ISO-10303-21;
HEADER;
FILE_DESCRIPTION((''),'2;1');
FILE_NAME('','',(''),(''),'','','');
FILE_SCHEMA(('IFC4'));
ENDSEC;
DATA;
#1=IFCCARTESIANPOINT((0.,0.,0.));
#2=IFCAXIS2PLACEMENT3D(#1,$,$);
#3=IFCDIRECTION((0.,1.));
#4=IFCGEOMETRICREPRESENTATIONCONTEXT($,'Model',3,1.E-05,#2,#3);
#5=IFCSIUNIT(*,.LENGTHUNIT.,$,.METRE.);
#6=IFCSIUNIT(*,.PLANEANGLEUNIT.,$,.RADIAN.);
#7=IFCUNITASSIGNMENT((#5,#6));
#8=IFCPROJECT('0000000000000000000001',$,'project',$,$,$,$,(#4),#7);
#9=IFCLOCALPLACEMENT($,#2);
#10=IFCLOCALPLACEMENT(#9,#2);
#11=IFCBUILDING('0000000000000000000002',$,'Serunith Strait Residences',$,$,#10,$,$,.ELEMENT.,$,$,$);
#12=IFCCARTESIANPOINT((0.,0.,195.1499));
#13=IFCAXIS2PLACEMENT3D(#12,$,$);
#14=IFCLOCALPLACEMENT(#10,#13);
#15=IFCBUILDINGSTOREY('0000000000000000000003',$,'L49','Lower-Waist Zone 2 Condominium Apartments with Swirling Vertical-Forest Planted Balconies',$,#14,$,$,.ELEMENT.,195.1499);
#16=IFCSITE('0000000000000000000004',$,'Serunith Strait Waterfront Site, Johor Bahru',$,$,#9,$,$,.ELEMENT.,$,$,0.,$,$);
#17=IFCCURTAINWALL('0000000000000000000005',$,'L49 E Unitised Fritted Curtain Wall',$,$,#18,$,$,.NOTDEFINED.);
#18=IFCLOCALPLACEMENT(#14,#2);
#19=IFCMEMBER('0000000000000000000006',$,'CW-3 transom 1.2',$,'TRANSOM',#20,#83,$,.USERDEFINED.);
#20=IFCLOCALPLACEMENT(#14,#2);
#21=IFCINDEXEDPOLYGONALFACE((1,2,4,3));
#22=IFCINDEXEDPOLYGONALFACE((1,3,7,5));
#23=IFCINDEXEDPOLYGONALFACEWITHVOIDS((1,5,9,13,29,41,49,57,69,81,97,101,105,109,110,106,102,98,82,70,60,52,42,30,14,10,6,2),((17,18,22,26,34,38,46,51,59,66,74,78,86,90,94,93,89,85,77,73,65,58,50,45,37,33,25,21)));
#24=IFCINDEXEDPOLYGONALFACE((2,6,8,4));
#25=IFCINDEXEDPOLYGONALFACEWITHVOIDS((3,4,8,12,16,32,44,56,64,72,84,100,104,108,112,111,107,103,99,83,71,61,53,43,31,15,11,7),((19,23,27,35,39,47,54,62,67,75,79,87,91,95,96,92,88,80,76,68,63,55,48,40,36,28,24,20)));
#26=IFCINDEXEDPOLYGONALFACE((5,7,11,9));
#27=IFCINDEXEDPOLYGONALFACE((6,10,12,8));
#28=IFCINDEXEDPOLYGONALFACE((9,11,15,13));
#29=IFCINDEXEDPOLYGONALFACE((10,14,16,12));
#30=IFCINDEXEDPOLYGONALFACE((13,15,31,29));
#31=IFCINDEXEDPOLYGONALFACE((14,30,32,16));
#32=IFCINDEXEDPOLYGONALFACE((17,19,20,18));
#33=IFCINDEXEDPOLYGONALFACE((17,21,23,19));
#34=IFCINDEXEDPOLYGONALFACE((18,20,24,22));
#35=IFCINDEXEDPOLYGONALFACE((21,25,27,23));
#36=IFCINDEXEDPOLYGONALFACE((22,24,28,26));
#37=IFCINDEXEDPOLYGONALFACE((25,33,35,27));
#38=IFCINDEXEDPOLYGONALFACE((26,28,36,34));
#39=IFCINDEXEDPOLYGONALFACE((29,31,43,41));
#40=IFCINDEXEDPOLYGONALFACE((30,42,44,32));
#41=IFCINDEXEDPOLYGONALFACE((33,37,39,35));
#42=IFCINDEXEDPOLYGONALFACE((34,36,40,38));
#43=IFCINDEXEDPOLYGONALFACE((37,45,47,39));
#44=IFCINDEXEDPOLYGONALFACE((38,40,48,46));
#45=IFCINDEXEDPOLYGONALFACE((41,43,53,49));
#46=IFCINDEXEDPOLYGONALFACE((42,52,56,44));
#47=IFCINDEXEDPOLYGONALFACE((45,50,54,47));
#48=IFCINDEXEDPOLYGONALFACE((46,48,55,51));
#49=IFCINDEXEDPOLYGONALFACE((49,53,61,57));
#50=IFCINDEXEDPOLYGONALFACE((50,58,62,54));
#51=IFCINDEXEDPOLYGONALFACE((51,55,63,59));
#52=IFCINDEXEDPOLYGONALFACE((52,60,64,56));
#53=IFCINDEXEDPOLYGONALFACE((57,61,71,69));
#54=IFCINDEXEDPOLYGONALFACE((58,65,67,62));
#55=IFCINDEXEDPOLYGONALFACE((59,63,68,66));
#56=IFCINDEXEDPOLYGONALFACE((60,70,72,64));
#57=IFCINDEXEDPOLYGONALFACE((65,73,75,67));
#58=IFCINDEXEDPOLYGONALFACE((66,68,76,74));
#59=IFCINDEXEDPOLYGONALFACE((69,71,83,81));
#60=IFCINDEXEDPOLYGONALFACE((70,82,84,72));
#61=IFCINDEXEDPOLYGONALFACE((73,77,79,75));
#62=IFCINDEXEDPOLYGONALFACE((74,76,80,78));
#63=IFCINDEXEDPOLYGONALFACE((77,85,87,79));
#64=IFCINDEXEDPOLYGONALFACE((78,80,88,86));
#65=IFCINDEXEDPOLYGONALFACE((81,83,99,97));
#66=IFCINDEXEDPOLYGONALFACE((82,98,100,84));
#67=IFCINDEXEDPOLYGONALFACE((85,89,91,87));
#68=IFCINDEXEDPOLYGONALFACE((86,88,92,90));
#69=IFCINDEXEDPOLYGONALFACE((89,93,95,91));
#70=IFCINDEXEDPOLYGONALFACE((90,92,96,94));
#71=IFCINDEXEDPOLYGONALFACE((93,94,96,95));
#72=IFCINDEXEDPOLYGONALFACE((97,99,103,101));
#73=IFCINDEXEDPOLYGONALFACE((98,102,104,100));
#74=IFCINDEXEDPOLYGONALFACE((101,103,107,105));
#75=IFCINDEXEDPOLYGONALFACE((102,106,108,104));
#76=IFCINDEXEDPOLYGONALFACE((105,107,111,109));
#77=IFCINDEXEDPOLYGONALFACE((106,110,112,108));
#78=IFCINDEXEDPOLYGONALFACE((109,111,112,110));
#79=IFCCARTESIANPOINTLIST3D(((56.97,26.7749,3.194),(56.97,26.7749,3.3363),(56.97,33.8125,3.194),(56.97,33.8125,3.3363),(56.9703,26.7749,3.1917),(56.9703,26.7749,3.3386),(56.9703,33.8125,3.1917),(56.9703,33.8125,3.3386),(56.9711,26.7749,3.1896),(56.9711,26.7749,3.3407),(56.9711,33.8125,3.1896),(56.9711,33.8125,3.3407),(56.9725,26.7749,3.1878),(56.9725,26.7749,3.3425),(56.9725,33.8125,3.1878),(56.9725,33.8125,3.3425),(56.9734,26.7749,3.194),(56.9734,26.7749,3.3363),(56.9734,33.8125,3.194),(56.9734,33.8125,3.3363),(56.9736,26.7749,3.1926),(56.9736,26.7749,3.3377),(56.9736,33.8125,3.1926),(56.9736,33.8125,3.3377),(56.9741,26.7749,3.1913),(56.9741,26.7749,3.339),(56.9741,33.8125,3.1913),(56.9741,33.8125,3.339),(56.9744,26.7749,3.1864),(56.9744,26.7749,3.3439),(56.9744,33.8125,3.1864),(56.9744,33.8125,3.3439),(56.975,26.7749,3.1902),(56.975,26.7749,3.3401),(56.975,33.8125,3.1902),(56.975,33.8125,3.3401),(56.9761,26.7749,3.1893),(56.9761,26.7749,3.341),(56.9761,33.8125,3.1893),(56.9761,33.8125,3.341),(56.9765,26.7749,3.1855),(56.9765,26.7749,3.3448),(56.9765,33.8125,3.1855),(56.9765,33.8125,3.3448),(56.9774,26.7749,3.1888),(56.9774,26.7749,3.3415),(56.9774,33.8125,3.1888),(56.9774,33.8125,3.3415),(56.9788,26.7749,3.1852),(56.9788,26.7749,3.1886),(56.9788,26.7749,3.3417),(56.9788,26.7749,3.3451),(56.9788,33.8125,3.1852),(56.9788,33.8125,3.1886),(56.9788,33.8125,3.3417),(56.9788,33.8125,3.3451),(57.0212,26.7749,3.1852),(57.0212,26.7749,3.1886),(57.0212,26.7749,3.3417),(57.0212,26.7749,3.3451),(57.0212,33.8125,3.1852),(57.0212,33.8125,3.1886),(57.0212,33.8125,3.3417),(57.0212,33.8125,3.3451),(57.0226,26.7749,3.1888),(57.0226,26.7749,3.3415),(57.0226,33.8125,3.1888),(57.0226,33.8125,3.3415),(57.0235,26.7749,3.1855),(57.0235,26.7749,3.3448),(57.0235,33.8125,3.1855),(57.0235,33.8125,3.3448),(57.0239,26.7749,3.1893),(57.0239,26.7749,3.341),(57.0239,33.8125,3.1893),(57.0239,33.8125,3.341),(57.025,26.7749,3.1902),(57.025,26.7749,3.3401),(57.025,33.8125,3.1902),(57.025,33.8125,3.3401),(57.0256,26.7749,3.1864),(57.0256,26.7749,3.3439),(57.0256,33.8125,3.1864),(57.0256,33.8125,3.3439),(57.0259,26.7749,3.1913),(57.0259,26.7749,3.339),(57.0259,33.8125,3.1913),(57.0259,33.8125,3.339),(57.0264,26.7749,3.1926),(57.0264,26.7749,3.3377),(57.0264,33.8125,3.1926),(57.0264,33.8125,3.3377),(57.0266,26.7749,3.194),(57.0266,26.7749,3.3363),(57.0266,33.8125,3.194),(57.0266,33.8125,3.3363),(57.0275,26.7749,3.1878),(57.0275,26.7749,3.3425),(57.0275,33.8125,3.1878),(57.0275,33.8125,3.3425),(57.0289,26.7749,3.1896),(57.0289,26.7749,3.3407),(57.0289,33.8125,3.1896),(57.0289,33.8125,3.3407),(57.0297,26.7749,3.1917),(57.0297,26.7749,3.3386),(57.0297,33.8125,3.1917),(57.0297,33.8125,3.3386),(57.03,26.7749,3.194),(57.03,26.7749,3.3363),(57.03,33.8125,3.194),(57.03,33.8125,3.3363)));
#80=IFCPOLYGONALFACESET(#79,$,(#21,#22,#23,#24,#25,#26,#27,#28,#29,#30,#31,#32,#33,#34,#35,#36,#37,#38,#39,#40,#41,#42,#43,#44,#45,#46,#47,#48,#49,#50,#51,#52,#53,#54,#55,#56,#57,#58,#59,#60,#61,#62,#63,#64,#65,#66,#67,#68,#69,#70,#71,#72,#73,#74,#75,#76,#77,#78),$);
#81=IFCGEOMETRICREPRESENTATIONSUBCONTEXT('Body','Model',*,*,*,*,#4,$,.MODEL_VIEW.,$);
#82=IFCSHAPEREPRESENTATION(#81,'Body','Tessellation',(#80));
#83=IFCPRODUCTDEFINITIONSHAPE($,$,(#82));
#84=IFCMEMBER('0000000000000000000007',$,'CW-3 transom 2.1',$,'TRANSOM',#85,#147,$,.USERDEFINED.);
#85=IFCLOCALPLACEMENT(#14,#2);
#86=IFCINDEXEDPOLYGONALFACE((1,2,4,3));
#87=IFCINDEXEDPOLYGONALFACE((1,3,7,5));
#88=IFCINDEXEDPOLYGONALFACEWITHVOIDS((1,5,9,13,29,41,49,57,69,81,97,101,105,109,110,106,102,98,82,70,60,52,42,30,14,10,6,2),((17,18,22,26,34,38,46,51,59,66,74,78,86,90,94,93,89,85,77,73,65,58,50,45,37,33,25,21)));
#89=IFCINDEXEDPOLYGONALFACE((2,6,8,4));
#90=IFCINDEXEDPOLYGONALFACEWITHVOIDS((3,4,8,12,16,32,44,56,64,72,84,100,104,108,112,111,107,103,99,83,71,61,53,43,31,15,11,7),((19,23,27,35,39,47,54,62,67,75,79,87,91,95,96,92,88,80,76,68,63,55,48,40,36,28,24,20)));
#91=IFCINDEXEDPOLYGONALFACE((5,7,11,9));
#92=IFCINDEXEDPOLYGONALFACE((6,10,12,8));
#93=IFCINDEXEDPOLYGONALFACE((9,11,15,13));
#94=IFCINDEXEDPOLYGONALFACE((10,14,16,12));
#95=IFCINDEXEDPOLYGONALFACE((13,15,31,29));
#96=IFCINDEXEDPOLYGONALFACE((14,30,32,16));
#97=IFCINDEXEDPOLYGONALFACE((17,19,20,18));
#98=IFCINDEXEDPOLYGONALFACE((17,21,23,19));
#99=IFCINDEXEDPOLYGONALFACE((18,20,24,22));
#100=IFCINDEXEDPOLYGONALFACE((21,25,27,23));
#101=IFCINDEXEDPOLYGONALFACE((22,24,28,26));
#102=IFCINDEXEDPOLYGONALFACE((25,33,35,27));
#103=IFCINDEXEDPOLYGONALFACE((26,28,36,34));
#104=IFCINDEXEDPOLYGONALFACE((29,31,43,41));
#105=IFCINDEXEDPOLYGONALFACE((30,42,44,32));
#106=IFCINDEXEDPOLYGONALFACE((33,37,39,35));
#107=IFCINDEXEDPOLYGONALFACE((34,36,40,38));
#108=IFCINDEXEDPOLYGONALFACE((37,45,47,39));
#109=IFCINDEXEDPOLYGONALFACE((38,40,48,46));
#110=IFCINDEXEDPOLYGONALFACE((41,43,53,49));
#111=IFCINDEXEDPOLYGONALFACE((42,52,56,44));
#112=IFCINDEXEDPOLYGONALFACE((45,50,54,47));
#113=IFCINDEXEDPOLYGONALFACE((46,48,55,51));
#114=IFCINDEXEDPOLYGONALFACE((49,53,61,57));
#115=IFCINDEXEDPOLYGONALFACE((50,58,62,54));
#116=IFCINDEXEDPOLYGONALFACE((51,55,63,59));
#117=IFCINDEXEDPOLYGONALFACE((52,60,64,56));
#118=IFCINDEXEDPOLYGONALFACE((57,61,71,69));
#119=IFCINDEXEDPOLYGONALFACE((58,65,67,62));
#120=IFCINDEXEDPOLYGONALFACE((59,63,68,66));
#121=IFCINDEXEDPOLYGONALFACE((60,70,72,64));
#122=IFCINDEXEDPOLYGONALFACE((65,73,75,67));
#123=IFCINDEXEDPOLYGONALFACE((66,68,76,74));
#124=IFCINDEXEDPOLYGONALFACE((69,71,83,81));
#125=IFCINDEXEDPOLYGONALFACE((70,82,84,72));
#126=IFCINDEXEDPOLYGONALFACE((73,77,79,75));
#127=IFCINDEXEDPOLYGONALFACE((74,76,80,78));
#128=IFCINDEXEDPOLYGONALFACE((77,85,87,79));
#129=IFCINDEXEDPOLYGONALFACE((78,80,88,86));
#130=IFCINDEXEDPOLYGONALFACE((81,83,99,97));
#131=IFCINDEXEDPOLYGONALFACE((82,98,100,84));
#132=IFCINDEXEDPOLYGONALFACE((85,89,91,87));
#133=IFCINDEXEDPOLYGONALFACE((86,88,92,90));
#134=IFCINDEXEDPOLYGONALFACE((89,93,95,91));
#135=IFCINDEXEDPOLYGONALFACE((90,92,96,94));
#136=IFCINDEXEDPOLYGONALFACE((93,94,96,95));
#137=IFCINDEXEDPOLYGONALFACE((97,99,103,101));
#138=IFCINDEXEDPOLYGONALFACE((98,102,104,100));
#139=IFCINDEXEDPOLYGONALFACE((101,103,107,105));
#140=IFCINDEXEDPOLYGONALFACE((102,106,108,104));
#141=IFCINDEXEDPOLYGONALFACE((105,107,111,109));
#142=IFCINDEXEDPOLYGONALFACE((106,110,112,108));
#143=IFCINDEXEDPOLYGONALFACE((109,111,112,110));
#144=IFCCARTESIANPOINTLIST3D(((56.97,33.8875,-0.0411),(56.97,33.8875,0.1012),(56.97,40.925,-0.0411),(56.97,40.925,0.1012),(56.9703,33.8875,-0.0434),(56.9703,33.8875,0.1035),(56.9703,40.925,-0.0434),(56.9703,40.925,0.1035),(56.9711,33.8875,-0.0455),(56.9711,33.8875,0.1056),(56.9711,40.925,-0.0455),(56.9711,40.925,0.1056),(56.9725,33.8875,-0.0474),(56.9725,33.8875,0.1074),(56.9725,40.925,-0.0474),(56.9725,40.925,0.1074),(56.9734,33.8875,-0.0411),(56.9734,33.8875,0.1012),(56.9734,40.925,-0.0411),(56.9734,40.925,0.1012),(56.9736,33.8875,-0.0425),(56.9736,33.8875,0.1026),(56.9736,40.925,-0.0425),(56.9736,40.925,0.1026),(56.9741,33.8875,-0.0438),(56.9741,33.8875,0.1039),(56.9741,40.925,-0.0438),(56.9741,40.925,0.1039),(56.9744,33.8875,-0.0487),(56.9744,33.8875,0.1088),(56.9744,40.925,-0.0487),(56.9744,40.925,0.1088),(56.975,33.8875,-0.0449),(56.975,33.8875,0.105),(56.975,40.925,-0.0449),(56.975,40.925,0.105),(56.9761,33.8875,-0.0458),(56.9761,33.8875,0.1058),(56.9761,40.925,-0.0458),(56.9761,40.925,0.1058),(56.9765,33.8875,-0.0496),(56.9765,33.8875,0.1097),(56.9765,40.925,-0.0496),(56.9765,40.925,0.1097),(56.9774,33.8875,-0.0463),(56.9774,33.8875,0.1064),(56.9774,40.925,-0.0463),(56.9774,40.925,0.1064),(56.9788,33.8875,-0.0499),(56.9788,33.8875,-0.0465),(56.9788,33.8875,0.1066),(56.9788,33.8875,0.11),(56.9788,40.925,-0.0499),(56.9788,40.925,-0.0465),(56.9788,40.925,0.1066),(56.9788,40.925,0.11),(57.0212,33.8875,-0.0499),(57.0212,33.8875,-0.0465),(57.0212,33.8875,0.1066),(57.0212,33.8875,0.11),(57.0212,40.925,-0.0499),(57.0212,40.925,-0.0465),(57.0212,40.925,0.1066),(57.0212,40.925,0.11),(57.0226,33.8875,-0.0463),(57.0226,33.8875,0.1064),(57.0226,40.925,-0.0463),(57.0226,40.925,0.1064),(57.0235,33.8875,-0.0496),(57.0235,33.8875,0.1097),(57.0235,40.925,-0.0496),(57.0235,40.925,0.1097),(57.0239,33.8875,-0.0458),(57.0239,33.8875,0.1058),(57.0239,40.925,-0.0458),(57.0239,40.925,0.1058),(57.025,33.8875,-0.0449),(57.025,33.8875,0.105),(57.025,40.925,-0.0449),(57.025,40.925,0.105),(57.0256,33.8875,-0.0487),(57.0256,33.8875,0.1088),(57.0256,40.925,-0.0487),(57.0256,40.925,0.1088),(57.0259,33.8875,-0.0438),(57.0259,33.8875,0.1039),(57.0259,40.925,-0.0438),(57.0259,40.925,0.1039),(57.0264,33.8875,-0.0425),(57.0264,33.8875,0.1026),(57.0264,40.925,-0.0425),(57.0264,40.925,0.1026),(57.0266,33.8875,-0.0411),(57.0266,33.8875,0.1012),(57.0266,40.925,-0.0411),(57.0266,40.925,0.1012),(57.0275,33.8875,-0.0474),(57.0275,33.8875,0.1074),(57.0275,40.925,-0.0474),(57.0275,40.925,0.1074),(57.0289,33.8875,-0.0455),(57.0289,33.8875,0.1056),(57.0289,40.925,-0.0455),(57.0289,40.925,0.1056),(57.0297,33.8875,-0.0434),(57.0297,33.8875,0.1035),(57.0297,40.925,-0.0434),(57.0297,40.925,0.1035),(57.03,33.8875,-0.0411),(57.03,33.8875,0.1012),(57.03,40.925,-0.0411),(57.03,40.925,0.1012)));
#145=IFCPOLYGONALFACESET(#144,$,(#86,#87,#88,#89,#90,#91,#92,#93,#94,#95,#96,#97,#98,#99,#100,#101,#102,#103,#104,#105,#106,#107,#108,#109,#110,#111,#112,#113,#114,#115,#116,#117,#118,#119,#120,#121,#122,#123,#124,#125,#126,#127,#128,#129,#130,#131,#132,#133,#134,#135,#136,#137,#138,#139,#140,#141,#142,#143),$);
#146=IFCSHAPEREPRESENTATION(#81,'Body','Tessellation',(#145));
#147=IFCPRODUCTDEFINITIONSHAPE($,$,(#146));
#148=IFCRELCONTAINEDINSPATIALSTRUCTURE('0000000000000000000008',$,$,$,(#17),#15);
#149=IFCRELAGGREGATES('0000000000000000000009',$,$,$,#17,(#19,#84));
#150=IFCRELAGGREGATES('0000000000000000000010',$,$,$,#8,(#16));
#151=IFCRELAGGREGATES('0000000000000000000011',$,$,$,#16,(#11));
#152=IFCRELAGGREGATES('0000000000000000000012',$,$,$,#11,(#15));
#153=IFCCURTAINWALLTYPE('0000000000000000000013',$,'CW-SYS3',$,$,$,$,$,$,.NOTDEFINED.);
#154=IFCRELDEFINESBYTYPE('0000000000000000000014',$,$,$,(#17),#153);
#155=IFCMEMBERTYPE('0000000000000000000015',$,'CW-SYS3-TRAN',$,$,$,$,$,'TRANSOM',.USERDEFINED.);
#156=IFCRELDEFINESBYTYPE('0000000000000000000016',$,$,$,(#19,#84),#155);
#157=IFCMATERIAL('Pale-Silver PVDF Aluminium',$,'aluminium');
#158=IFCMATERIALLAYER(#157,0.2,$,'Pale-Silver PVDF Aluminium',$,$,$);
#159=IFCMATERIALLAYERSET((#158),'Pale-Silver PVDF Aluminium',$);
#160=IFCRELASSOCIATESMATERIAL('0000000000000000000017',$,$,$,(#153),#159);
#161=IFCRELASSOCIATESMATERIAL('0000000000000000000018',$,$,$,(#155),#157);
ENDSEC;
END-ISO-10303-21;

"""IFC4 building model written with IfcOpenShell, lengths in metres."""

from ifc_helpers import new_model, si_unit, direction, frame, origin, origin_2d, place, context, subcontext, project, spatial, hollow_rectangle, extrude, source, transform, mapped, material, layer, layer_set, material_profile, profile_set, type_object, element, aggregate, save


model = new_model("IFC4")

# Units and contexts
model_context = context("Model", 3, precision=1e-05, world=origin(), true_north=direction((0.0, 1.0)))
body_context = subcontext(model_context, "Body", "Model", "MODEL_VIEW")
ifc_project = project(units=[si_unit("LENGTHUNIT", "METRE"), si_unit("PLANEANGLEUNIT", "RADIAN")], contexts=[model_context])

# Site, building, storey
site_placement = place(None, origin())
site = spatial("IfcSite", under=ifc_project, at=site_placement, Name="Serunith Strait Waterfront Site, Johor Bahru", CompositionType="ELEMENT", RefElevation=0.0)
building_placement = place(site_placement, origin())
building = spatial("IfcBuilding", under=site, at=building_placement, Name="Serunith Strait Residences", CompositionType="ELEMENT")
storey_placement = place(building_placement, frame((0.0, 0.0, 195.1499)))
storey = spatial("IfcBuildingStorey", under=building, at=storey_placement, Name="L49", Description="Lower-Waist Zone 2 Condominium Apartments with Swirling Vertical-Forest Planted Balconies", CompositionType="ELEMENT", Elevation=195.1499)

# Curtain wall, members
ifc_material_1 = material(Name="Pale-Silver PVDF Aluminium", Category="aluminium")
ifc_layer_1 = layer(ifc_material_1, 0.2, Name="Pale-Silver PVDF Aluminium")
ifc_layer_set_1 = layer_set([ifc_layer_1], Name="Pale-Silver PVDF Aluminium")
curtain_wall_type = type_object("IfcCurtainWallType", Name="CW-SYS3", PredefinedType="NOTDEFINED", material=ifc_layer_set_1)
curtain_wall_placement = place(storey_placement, origin())
curtain_wall = element("IfcCurtainWall", 1, at=curtain_wall_placement, inside=storey, type_object=curtain_wall_type, Name="L49 E Unitised Fritted Curtain Wall", PredefinedType="NOTDEFINED")
ifc_material_profile_1 = material_profile(ifc_material_1, hollow_rectangle(XDim=0.0601, YDim=0.1599, WallThickness=0.0034, InnerFilletRadius=0.0054, OuterFilletRadius=0.0088, at=origin_2d()), Name="ALU 160x60x3.5")
ifc_profile_set_1 = profile_set([ifc_material_profile_1], Name="Pale-Silver PVDF Aluminium")
member_type_1 = type_object("IfcMemberType", Name="CW-SYS3-TRAN", ElementType="TRANSOM", PredefinedType="USERDEFINED", material=ifc_profile_set_1)
shared_shape_1 = source(origin(), body_context, "Body", "SweptSolid", [
    extrude(hollow_rectangle(XDim=0.0601, YDim=0.1599, WallThickness=0.0034, InnerFilletRadius=0.0054, OuterFilletRadius=0.0088, at=origin_2d()), origin(), (0.0, 0.0, 1.0), 7.0376),
])
member_1_placement = place(storey_placement, frame((57.0, 26.7749, 3.2651), z_axis=(0.0, 1.0, 0.0), x_axis=(-1.0, 0.0, 0.0)))
member_1 = element("IfcMember", 2, at=member_1_placement, type_object=member_type_1, Name="CW-3 transom 1.2", ObjectType="TRANSOM", PredefinedType="USERDEFINED", context=body_context, shape_type="MappedRepresentation", body=[
    mapped(shared_shape_1, transform((0.0, 0.0, 0.0), scale=1.0)),
])
member_2_placement = place(storey_placement, frame((57.0, 33.8875, 0.03), z_axis=(0.0, 1.0, 0.0), x_axis=(-1.0, 0.0, 0.0)))
member_2 = element("IfcMember", 3, at=member_2_placement, type_object=member_type_1, Name="CW-3 transom 2.1", ObjectType="TRANSOM", PredefinedType="USERDEFINED", context=body_context, shape_type="MappedRepresentation", body=[
    mapped(shared_shape_1, transform((0.0, 0.0, 0.0), scale=1.0)),
])
aggregate(curtain_wall, [member_1, member_2])

save(model, "model.ifc")
